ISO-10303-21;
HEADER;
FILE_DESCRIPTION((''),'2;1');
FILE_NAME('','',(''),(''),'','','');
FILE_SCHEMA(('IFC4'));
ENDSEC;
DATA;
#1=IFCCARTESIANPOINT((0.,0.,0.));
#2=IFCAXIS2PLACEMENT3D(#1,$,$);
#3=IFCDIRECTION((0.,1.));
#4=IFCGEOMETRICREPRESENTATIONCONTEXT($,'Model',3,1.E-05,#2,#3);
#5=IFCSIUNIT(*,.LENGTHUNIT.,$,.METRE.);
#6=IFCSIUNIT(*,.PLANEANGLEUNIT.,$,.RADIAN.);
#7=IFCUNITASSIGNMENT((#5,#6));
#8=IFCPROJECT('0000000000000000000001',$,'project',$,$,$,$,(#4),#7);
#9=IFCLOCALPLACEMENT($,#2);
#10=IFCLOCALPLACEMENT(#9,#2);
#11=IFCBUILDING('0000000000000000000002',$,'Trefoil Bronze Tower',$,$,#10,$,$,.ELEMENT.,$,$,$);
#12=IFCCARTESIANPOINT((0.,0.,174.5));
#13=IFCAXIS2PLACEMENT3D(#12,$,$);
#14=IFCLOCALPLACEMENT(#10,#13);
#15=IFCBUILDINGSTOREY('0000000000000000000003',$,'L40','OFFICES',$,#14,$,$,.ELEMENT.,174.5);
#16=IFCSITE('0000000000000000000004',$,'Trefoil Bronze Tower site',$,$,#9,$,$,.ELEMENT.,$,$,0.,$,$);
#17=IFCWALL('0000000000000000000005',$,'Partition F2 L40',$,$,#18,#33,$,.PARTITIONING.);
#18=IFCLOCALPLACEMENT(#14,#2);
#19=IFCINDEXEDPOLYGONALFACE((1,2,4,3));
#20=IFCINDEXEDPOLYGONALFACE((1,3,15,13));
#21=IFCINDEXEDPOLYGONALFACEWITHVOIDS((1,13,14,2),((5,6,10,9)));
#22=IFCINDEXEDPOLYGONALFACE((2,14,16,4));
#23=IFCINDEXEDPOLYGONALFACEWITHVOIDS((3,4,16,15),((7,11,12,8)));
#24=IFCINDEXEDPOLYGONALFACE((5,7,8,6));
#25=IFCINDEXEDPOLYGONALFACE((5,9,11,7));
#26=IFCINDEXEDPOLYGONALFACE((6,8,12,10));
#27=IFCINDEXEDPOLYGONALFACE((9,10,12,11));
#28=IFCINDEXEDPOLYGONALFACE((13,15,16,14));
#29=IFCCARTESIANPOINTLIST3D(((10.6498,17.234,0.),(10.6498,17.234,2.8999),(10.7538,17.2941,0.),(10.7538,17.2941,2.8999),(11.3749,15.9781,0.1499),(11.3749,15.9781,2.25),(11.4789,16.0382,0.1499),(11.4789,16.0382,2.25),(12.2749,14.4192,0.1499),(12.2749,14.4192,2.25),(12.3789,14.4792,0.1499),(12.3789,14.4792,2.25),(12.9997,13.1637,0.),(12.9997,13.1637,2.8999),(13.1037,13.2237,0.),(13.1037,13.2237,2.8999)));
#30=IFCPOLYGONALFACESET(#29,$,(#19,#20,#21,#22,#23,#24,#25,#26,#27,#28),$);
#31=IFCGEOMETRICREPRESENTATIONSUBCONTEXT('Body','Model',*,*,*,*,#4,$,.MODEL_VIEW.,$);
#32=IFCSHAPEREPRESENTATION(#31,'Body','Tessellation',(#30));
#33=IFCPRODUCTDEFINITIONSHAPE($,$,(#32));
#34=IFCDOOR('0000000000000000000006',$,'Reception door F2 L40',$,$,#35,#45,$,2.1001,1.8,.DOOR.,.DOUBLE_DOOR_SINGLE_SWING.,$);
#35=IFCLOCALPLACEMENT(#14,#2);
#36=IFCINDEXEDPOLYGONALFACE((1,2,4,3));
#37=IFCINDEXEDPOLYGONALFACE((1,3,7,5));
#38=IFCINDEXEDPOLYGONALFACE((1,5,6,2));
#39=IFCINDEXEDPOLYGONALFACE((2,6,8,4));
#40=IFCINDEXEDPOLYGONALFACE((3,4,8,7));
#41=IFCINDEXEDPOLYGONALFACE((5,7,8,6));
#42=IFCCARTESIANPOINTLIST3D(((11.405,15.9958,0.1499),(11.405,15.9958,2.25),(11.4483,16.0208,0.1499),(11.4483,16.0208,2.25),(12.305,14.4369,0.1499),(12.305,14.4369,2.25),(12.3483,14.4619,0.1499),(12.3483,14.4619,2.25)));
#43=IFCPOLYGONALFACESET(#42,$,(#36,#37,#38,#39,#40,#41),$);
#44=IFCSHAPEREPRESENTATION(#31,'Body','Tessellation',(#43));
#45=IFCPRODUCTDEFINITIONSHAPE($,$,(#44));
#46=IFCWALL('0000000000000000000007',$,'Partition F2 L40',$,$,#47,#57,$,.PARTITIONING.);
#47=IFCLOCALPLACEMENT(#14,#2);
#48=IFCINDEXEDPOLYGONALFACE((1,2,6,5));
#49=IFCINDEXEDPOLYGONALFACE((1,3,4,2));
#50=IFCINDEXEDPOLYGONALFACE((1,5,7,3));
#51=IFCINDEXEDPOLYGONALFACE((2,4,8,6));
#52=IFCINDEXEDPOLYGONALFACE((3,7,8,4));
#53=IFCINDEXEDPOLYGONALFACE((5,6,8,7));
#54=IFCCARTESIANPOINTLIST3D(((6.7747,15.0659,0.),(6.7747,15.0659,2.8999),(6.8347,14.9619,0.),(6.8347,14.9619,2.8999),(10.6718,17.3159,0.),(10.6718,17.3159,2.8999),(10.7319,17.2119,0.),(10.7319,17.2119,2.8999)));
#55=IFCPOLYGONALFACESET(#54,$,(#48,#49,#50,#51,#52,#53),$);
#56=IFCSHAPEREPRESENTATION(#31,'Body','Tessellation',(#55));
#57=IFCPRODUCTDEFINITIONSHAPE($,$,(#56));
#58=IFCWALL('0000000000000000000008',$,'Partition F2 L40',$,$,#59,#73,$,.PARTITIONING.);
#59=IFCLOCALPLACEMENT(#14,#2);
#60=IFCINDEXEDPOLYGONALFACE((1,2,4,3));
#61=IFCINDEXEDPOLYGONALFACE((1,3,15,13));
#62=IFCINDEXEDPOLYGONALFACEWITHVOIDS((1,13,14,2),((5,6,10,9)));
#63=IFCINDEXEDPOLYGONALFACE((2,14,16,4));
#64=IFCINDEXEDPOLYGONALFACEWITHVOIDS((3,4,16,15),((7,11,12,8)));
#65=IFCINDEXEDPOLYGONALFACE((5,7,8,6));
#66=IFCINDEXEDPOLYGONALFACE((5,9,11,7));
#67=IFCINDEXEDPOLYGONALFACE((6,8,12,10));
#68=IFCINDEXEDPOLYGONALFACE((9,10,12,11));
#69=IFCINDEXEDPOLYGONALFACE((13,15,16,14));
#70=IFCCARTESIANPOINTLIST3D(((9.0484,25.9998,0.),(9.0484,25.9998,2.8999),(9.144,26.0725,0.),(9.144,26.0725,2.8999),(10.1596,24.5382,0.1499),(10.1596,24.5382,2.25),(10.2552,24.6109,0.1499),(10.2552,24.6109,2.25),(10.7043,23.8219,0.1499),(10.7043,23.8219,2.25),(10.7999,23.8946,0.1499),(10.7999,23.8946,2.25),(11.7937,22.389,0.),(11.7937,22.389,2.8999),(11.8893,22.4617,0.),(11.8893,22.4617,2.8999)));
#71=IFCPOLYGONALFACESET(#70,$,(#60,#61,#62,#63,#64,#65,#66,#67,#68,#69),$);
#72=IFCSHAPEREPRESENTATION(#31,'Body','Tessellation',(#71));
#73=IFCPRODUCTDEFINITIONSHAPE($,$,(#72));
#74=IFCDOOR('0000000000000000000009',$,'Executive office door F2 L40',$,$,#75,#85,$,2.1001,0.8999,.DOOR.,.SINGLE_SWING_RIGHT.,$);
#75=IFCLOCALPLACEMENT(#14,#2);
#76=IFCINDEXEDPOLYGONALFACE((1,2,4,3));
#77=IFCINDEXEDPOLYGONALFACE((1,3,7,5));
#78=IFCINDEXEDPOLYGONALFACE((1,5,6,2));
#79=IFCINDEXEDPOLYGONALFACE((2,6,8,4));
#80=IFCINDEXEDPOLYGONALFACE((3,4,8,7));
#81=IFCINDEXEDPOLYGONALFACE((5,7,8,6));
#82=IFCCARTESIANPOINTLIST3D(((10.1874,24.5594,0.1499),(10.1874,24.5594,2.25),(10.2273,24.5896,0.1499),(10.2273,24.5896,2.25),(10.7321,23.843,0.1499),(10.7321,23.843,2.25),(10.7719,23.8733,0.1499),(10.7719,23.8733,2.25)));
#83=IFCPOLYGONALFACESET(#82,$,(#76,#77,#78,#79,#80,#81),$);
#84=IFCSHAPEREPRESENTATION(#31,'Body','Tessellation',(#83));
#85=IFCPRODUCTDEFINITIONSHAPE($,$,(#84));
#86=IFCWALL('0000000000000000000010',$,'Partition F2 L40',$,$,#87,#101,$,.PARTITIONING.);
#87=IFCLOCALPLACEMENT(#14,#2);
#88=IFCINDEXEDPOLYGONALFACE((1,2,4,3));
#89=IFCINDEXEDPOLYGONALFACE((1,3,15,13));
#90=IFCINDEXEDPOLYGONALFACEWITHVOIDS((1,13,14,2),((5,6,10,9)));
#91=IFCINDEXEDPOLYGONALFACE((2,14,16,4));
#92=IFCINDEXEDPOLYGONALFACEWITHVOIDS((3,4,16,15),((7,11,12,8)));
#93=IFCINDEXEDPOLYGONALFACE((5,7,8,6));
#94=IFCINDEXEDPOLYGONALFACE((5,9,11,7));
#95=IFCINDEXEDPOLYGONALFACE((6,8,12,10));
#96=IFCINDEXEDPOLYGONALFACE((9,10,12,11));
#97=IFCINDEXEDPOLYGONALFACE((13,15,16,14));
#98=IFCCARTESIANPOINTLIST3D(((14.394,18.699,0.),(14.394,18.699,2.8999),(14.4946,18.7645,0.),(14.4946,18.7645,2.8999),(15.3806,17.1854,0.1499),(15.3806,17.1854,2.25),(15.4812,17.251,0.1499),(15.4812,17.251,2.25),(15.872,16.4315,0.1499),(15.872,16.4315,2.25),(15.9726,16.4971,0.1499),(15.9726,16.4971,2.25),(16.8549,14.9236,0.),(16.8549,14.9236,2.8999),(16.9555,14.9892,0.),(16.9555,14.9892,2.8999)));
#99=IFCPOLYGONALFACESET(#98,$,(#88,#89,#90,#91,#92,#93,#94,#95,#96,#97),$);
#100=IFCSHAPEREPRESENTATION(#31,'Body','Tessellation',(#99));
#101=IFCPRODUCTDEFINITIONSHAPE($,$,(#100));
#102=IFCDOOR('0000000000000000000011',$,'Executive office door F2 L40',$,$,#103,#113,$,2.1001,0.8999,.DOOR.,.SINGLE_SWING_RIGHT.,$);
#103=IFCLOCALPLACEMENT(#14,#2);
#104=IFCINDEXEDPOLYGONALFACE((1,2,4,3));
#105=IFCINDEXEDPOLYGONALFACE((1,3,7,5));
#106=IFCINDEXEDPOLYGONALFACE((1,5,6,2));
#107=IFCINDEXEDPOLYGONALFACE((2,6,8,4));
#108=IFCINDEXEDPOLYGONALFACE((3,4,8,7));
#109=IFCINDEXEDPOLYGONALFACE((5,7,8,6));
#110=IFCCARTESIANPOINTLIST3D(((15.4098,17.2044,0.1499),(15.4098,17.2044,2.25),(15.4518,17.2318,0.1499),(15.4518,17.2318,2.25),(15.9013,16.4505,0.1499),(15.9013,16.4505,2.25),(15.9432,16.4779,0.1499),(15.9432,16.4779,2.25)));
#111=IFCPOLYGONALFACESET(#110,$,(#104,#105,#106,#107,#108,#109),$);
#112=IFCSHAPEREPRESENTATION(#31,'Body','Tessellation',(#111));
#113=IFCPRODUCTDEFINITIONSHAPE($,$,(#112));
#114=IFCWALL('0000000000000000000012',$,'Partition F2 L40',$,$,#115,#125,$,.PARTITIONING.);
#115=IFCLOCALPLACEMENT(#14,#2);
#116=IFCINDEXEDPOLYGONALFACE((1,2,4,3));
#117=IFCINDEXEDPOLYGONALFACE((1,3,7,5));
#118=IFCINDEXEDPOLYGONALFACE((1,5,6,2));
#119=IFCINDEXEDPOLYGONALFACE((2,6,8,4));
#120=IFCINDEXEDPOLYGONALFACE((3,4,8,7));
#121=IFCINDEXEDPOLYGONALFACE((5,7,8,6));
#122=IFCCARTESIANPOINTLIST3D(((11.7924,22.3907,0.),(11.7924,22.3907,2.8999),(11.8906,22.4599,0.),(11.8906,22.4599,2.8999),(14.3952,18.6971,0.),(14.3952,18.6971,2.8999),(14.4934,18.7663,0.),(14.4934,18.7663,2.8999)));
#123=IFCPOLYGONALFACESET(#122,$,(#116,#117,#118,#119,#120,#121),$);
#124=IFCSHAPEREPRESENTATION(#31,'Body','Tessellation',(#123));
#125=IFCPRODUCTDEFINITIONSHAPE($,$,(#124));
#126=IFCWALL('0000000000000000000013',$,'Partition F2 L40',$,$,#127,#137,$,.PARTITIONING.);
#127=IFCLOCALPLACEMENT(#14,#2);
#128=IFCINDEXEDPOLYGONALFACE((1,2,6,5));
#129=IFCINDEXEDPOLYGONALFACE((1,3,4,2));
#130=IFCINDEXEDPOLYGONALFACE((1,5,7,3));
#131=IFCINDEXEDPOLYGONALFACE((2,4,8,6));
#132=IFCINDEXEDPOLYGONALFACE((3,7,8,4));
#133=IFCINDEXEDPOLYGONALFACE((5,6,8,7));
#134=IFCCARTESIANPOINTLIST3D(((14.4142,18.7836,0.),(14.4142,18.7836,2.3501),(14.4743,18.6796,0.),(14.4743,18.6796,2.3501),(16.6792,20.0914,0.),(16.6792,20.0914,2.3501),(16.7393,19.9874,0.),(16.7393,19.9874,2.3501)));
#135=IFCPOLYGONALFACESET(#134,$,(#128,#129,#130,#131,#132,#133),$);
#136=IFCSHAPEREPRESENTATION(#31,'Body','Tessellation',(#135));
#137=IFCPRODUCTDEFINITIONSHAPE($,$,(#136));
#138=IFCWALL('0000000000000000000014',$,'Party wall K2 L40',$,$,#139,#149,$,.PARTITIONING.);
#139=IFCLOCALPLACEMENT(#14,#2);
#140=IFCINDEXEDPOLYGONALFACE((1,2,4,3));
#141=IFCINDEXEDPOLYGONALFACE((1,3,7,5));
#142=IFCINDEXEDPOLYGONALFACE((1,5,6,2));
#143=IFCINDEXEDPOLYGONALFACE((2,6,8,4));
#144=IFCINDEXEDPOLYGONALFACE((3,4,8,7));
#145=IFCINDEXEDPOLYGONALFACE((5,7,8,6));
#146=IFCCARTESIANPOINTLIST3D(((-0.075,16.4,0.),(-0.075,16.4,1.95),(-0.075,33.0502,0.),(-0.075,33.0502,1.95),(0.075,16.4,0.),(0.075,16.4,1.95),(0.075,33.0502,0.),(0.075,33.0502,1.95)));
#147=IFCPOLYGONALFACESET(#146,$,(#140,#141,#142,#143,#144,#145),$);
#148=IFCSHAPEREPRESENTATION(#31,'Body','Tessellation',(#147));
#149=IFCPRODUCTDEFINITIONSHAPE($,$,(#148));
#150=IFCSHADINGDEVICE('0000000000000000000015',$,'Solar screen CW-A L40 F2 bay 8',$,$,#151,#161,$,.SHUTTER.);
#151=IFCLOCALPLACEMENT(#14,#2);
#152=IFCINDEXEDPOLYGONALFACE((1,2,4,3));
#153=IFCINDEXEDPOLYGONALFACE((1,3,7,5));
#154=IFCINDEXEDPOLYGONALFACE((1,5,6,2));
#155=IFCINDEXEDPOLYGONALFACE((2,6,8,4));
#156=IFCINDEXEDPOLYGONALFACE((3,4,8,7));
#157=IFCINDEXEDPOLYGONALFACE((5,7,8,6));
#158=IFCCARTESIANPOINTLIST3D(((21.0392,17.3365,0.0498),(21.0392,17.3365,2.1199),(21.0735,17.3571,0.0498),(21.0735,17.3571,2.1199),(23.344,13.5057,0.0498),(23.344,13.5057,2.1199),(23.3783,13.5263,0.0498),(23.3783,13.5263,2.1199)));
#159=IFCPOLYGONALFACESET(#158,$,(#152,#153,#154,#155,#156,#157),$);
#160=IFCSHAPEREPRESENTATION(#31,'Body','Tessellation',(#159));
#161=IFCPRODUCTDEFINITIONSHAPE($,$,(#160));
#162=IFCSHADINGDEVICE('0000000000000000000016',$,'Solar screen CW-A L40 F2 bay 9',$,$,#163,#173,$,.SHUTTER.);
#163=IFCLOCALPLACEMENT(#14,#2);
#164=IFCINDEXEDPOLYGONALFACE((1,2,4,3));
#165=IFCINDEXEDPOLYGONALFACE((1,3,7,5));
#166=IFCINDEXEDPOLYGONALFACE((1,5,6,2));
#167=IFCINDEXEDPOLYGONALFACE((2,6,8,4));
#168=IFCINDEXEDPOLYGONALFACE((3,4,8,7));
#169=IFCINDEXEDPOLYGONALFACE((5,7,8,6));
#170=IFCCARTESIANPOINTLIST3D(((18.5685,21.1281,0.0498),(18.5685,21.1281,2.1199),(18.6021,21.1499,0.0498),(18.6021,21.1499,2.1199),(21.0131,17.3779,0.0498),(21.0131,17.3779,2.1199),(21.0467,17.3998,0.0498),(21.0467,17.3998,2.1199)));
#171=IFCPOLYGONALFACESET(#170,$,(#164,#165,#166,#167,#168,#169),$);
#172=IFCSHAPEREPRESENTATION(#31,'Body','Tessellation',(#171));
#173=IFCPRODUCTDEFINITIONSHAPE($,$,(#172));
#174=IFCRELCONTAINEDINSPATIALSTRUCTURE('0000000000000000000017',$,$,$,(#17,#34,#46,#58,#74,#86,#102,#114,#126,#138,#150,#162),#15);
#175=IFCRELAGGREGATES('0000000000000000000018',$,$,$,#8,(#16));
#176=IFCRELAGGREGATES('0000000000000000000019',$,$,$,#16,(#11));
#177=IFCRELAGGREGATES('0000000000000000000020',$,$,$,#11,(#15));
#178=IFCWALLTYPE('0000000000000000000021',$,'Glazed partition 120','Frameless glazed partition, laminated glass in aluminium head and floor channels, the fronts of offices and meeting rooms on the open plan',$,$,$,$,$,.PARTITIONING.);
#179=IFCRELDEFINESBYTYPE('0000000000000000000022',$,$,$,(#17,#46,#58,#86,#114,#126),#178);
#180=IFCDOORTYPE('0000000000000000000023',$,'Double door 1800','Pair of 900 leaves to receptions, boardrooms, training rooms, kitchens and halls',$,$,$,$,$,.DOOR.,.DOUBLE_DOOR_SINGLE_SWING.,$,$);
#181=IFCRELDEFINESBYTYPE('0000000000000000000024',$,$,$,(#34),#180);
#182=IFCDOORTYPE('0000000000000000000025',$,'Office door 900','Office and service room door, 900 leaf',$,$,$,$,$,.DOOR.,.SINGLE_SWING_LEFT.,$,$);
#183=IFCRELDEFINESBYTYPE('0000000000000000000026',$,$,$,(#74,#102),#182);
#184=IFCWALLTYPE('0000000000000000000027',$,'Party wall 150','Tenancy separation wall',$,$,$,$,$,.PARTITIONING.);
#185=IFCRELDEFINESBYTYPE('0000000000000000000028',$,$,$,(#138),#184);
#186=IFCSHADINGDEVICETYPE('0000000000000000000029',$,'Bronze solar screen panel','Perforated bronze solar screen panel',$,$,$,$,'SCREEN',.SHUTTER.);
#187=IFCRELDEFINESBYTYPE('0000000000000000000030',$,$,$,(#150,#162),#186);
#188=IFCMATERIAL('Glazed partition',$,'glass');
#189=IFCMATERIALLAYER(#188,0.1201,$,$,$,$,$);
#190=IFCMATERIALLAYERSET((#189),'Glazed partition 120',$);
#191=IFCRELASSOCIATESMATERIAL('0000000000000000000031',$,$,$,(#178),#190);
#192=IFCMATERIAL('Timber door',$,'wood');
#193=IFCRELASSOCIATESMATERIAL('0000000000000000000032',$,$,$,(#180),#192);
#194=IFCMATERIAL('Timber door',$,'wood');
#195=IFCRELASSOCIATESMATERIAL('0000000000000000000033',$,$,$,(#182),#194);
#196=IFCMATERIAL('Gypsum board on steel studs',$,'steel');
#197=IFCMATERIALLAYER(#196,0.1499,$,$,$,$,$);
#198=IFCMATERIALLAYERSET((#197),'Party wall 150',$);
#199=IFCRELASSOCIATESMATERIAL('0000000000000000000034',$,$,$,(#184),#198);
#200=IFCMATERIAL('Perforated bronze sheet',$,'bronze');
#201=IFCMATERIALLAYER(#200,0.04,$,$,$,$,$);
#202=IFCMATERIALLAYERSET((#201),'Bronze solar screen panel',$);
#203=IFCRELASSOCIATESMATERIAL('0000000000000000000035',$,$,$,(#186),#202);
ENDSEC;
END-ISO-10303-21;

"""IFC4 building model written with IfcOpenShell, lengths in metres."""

from ifc_helpers import new_model, si_unit, direction, frame, frame_2d, origin, origin_2d, place, context, subcontext, project, spatial, rectangle, extrude, material, layer, layer_set, type_object, element, fill, save


model = new_model("IFC4")

# Units and contexts
model_context = context("Model", 3, precision=1e-05, world=origin(), true_north=direction((0.0, 1.0)))
body_context = subcontext(model_context, "Body", "Model", "MODEL_VIEW")
ifc_project = project(units=[si_unit("LENGTHUNIT", "METRE"), si_unit("PLANEANGLEUNIT", "RADIAN")], contexts=[model_context])

# Site, building, storey
site_placement = place(None, origin())
site = spatial("IfcSite", under=ifc_project, at=site_placement, Name="Trefoil Bronze Tower site", CompositionType="ELEMENT", RefElevation=0.0)
building_placement = place(site_placement, origin())
building = spatial("IfcBuilding", under=site, at=building_placement, Name="Trefoil Bronze Tower", CompositionType="ELEMENT")
storey_placement = place(building_placement, frame((0.0, 0.0, 174.5)))
storey = spatial("IfcBuildingStorey", under=building, at=storey_placement, Name="L40", Description="OFFICES", CompositionType="ELEMENT", Elevation=174.5)

# Wall, opening, door
ifc_material_1 = material(Name="Glazed partition", Category="glass")
ifc_layer_1 = layer(ifc_material_1, 0.1201)
ifc_layer_set_1 = layer_set([ifc_layer_1], Name="Glazed partition 120")
wall_type_1 = type_object("IfcWallType", Name="Glazed partition 120", Description="Frameless glazed partition, laminated glass in aluminium head and floor channels, the fronts of offices and meeting rooms on the open plan", PredefinedType="PARTITIONING", material=ifc_layer_set_1)
wall_1_placement = place(storey_placement, frame((13.0518, 13.1936, 0.0), z_axis=(0.0, 0.0, 1.0), x_axis=(-0.499977, 0.866039, 0.0)))
wall_1 = element("IfcWall", 1, at=wall_1_placement, inside=storey, type_object=wall_type_1, Name="Partition F2 L40", PredefinedType="PARTITIONING", context=body_context, shape_type="SweptSolid", body=[
    extrude(rectangle(XDim=4.7, YDim=0.1201, at=frame_2d((2.3501, 0.0))), origin(), (0.0, 0.0, 1.0), 2.8999),
])
opening_1_placement = place(wall_1_placement, frame((1.45, 0.0, 0.1499)))
opening_1 = element("IfcOpeningElement", 2, at=opening_1_placement, cuts=wall_1, PredefinedType="OPENING", context=body_context, shape_type="SweptSolid", body=[
    extrude(rectangle(XDim=1.8, YDim=2.1001, at=frame_2d((0.8999, 1.05))), frame((0.0, 0.0701, 0.0), z_axis=(0.0, -1.0, 0.0), x_axis=(1.0, 0.0, 0.0)), (0.0, 0.0, 1.0), 0.1401),
])
ifc_material_2 = material(Name="Timber door", Category="wood")
door_type_1 = type_object("IfcDoorType", Name="Double door 1800", Description="Pair of 900 leaves to receptions, boardrooms, training rooms, kitchens and halls", OperationType="DOUBLE_DOOR_SINGLE_SWING", PredefinedType="DOOR", material=ifc_material_2)
door_1_placement = place(opening_1_placement, frame((1.8, 0.0, 0.0), z_axis=(0.0, 0.0, 1.0), x_axis=(-1.0, 0.0, 0.0)))
door_1 = element("IfcDoor", 3, at=door_1_placement, inside=storey, type_object=door_type_1, Name="Reception door F2 L40", OperationType="DOUBLE_DOOR_SINGLE_SWING", OverallHeight=2.1001, OverallWidth=1.8, PredefinedType="DOOR", context=body_context, shape_type="SweptSolid", body=[
    extrude(rectangle(XDim=1.8, YDim=2.1001, at=frame_2d((0.8999, 1.05))), frame((0.0, 0.0249, 0.0), z_axis=(0.0, -1.0, 0.0), x_axis=(1.0, 0.0, 0.0)), (0.0, 0.0, 1.0), 0.05),
])
fill(opening_1, door_1)

# Wall
wall_2_placement = place(storey_placement, frame((6.8047, 15.0139, 0.0), z_axis=(0.0, 0.0, 1.0), x_axis=(0.866031, 0.49999, 0.0)))
element("IfcWall", 4, at=wall_2_placement, inside=storey, type_object=wall_type_1, Name="Partition F2 L40", PredefinedType="PARTITIONING", context=body_context, shape_type="SweptSolid", body=[
    extrude(rectangle(XDim=4.5, YDim=0.1201, at=frame_2d((2.25, 0.0))), origin(), (0.0, 0.0, 1.0), 2.8999),
])

# Walls, openings, doors
wall_3_placement = place(storey_placement, frame((11.8416, 22.4253, 0.0), z_axis=(0.0, 0.0, 1.0), x_axis=(-0.60524, 0.796043, 0.0)))
wall_3 = element("IfcWall", 5, at=wall_3_placement, inside=storey, type_object=wall_type_1, Name="Partition F2 L40", PredefinedType="PARTITIONING", context=body_context, shape_type="SweptSolid", body=[
    extrude(rectangle(XDim=4.5359, YDim=0.1201, at=frame_2d((2.2681, 0.0))), origin(), (0.0, 0.0, 1.0), 2.8999),
])
opening_2_placement = place(wall_3_placement, frame((1.8, 0.0, 0.1499)))
opening_2 = element("IfcOpeningElement", 6, at=opening_2_placement, cuts=wall_3, PredefinedType="OPENING", context=body_context, shape_type="SweptSolid", body=[
    extrude(rectangle(XDim=0.8999, YDim=2.1001, at=frame_2d((0.45, 1.05))), frame((0.0, 0.0701, 0.0), z_axis=(0.0, -1.0, 0.0), x_axis=(1.0, 0.0, 0.0)), (0.0, 0.0, 1.0), 0.1401),
])
ifc_material_3 = material(Name="Timber door", Category="wood")
door_type_2 = type_object("IfcDoorType", Name="Office door 900", Description="Office and service room door, 900 leaf", OperationType="SINGLE_SWING_LEFT", PredefinedType="DOOR", material=ifc_material_3)
door_2_placement = place(opening_2_placement, frame((0.8999, 0.0, 0.0), z_axis=(0.0, 0.0, 1.0), x_axis=(-1.0, 0.0, 0.0)))
door_2 = element("IfcDoor", 7, at=door_2_placement, inside=storey, type_object=door_type_2, Name="Executive office door F2 L40", OperationType="SINGLE_SWING_RIGHT", OverallHeight=2.1001, OverallWidth=0.8999, PredefinedType="DOOR", context=body_context, shape_type="SweptSolid", body=[
    extrude(rectangle(XDim=0.8999, YDim=2.1001, at=frame_2d((0.45, 1.05))), frame((0.0, 0.0249, 0.0), z_axis=(0.0, -1.0, 0.0), x_axis=(1.0, 0.0, 0.0)), (0.0, 0.0, 1.0), 0.05),
])
fill(opening_2, door_2)
wall_4_placement = place(storey_placement, frame((16.9053, 14.9563, 0.0), z_axis=(0.0, 0.0, 1.0), x_axis=(-0.546069, 0.83774, 0.0)))
wall_4 = element("IfcWall", 8, at=wall_4_placement, inside=storey, type_object=wall_type_1, Name="Partition F2 L40", PredefinedType="PARTITIONING", context=body_context, shape_type="SweptSolid", body=[
    extrude(rectangle(XDim=4.5066, YDim=0.1201, at=frame_2d((2.2534, 0.0))), origin(), (0.0, 0.0, 1.0), 2.8999),
])
opening_3_placement = place(wall_4_placement, frame((1.8, 0.0, 0.1499)))
opening_3 = element("IfcOpeningElement", 9, at=opening_3_placement, cuts=wall_4, PredefinedType="OPENING", context=body_context, shape_type="SweptSolid", body=[
    extrude(rectangle(XDim=0.8999, YDim=2.1001, at=frame_2d((0.45, 1.05))), frame((0.0, 0.0701, 0.0), z_axis=(0.0, -1.0, 0.0), x_axis=(1.0, 0.0, 0.0)), (0.0, 0.0, 1.0), 0.1401),
])
door_3_placement = place(opening_3_placement, frame((0.8999, 0.0, 0.0), z_axis=(0.0, 0.0, 1.0), x_axis=(-1.0, 0.0, 0.0)))
door_3 = element("IfcDoor", 10, at=door_3_placement, inside=storey, type_object=door_type_2, Name="Executive office door F2 L40", OperationType="SINGLE_SWING_RIGHT", OverallHeight=2.1001, OverallWidth=0.8999, PredefinedType="DOOR", context=body_context, shape_type="SweptSolid", body=[
    extrude(rectangle(XDim=0.8999, YDim=2.1001, at=frame_2d((0.45, 1.05))), frame((0.0, 0.0249, 0.0), z_axis=(0.0, -1.0, 0.0), x_axis=(1.0, 0.0, 0.0)), (0.0, 0.0, 1.0), 0.05),
])
fill(opening_3, door_3)

# Walls
wall_5_placement = place(storey_placement, frame((14.4443, 18.7317, 0.0), z_axis=(0.0, 0.0, 1.0), x_axis=(-0.576023, 0.817433, 0.0)))
element("IfcWall", 11, at=wall_5_placement, inside=storey, type_object=wall_type_1, Name="Partition F2 L40", PredefinedType="PARTITIONING", context=body_context, shape_type="SweptSolid", body=[
    extrude(rectangle(XDim=4.5186, YDim=0.1201, at=frame_2d((2.2593, 0.0))), origin(), (0.0, 0.0, 1.0), 2.8999),
])
wall_6_placement = place(storey_placement, frame((14.4443, 18.7317, 0.0), z_axis=(0.0, 0.0, 1.0), x_axis=(0.866011, 0.500024, 0.0)))
element("IfcWall", 12, at=wall_6_placement, inside=storey, type_object=wall_type_1, Name="Partition F2 L40", PredefinedType="PARTITIONING", context=body_context, shape_type="SweptSolid", body=[
    extrude(rectangle(XDim=2.6155, YDim=0.1201, at=frame_2d((1.3076, 0.0))), origin(), (0.0, 0.0, 1.0), 2.3501),
])
ifc_material_4 = material(Name="Gypsum board on steel studs", Category="steel")
ifc_layer_2 = layer(ifc_material_4, 0.1499)
ifc_layer_set_2 = layer_set([ifc_layer_2], Name="Party wall 150")
wall_type_2 = type_object("IfcWallType", Name="Party wall 150", Description="Tenancy separation wall", PredefinedType="PARTITIONING", material=ifc_layer_set_2)
wall_7_placement = place(storey_placement, frame((0.0, 16.3999, 0.0), z_axis=(0.0, 0.0, 1.0), x_axis=(0.0, 1.0, 0.0)))
element("IfcWall", 13, at=wall_7_placement, inside=storey, type_object=wall_type_2, Name="Party wall K2 L40", PredefinedType="PARTITIONING", context=body_context, shape_type="SweptSolid", body=[
    extrude(rectangle(XDim=16.6501, YDim=0.1499, at=frame_2d((8.3252, 0.0))), origin(), (0.0, 0.0, 1.0), 1.95),
])

# Shading devices
ifc_material_5 = material(Name="Perforated bronze sheet", Category="bronze")
ifc_layer_3 = layer(ifc_material_5, 0.04)
ifc_layer_set_3 = layer_set([ifc_layer_3], Name="Bronze solar screen panel")
shading_device_type = type_object("IfcShadingDeviceType", Name="Bronze solar screen panel", Description="Perforated bronze solar screen panel", ElementType="SCREEN", PredefinedType="SHUTTER", material=ifc_layer_set_3)
shading_device_1_placement = place(storey_placement, frame((22.2087, 15.4314, 0.0498), z_axis=(0.0, 0.0, 1.0), x_axis=(-0.515525, 0.856874, 0.0)))
element("IfcShadingDevice", 14, at=shading_device_1_placement, inside=storey, type_object=shading_device_type, Name="Solar screen CW-A L40 F2 bay 8", PredefinedType="SHUTTER", context=body_context, shape_type="SweptSolid", body=[
    extrude(rectangle(XDim=4.4707, YDim=0.04, at=origin_2d()), origin(), (0.0, 0.0, 1.0), 2.0701),
])
shading_device_2_placement = place(storey_placement, frame((19.8076, 19.2639, 0.0498), z_axis=(0.0, 0.0, 1.0), x_axis=(-0.546089, 0.837727, 0.0)))
element("IfcShadingDevice", 15, at=shading_device_2_placement, inside=storey, type_object=shading_device_type, Name="Solar screen CW-A L40 F2 bay 9", PredefinedType="SHUTTER", context=body_context, shape_type="SweptSolid", body=[
    extrude(rectangle(XDim=4.4766, YDim=0.04, at=origin_2d()), origin(), (0.0, 0.0, 1.0), 2.0701),
])

save(model, "model.ifc")
